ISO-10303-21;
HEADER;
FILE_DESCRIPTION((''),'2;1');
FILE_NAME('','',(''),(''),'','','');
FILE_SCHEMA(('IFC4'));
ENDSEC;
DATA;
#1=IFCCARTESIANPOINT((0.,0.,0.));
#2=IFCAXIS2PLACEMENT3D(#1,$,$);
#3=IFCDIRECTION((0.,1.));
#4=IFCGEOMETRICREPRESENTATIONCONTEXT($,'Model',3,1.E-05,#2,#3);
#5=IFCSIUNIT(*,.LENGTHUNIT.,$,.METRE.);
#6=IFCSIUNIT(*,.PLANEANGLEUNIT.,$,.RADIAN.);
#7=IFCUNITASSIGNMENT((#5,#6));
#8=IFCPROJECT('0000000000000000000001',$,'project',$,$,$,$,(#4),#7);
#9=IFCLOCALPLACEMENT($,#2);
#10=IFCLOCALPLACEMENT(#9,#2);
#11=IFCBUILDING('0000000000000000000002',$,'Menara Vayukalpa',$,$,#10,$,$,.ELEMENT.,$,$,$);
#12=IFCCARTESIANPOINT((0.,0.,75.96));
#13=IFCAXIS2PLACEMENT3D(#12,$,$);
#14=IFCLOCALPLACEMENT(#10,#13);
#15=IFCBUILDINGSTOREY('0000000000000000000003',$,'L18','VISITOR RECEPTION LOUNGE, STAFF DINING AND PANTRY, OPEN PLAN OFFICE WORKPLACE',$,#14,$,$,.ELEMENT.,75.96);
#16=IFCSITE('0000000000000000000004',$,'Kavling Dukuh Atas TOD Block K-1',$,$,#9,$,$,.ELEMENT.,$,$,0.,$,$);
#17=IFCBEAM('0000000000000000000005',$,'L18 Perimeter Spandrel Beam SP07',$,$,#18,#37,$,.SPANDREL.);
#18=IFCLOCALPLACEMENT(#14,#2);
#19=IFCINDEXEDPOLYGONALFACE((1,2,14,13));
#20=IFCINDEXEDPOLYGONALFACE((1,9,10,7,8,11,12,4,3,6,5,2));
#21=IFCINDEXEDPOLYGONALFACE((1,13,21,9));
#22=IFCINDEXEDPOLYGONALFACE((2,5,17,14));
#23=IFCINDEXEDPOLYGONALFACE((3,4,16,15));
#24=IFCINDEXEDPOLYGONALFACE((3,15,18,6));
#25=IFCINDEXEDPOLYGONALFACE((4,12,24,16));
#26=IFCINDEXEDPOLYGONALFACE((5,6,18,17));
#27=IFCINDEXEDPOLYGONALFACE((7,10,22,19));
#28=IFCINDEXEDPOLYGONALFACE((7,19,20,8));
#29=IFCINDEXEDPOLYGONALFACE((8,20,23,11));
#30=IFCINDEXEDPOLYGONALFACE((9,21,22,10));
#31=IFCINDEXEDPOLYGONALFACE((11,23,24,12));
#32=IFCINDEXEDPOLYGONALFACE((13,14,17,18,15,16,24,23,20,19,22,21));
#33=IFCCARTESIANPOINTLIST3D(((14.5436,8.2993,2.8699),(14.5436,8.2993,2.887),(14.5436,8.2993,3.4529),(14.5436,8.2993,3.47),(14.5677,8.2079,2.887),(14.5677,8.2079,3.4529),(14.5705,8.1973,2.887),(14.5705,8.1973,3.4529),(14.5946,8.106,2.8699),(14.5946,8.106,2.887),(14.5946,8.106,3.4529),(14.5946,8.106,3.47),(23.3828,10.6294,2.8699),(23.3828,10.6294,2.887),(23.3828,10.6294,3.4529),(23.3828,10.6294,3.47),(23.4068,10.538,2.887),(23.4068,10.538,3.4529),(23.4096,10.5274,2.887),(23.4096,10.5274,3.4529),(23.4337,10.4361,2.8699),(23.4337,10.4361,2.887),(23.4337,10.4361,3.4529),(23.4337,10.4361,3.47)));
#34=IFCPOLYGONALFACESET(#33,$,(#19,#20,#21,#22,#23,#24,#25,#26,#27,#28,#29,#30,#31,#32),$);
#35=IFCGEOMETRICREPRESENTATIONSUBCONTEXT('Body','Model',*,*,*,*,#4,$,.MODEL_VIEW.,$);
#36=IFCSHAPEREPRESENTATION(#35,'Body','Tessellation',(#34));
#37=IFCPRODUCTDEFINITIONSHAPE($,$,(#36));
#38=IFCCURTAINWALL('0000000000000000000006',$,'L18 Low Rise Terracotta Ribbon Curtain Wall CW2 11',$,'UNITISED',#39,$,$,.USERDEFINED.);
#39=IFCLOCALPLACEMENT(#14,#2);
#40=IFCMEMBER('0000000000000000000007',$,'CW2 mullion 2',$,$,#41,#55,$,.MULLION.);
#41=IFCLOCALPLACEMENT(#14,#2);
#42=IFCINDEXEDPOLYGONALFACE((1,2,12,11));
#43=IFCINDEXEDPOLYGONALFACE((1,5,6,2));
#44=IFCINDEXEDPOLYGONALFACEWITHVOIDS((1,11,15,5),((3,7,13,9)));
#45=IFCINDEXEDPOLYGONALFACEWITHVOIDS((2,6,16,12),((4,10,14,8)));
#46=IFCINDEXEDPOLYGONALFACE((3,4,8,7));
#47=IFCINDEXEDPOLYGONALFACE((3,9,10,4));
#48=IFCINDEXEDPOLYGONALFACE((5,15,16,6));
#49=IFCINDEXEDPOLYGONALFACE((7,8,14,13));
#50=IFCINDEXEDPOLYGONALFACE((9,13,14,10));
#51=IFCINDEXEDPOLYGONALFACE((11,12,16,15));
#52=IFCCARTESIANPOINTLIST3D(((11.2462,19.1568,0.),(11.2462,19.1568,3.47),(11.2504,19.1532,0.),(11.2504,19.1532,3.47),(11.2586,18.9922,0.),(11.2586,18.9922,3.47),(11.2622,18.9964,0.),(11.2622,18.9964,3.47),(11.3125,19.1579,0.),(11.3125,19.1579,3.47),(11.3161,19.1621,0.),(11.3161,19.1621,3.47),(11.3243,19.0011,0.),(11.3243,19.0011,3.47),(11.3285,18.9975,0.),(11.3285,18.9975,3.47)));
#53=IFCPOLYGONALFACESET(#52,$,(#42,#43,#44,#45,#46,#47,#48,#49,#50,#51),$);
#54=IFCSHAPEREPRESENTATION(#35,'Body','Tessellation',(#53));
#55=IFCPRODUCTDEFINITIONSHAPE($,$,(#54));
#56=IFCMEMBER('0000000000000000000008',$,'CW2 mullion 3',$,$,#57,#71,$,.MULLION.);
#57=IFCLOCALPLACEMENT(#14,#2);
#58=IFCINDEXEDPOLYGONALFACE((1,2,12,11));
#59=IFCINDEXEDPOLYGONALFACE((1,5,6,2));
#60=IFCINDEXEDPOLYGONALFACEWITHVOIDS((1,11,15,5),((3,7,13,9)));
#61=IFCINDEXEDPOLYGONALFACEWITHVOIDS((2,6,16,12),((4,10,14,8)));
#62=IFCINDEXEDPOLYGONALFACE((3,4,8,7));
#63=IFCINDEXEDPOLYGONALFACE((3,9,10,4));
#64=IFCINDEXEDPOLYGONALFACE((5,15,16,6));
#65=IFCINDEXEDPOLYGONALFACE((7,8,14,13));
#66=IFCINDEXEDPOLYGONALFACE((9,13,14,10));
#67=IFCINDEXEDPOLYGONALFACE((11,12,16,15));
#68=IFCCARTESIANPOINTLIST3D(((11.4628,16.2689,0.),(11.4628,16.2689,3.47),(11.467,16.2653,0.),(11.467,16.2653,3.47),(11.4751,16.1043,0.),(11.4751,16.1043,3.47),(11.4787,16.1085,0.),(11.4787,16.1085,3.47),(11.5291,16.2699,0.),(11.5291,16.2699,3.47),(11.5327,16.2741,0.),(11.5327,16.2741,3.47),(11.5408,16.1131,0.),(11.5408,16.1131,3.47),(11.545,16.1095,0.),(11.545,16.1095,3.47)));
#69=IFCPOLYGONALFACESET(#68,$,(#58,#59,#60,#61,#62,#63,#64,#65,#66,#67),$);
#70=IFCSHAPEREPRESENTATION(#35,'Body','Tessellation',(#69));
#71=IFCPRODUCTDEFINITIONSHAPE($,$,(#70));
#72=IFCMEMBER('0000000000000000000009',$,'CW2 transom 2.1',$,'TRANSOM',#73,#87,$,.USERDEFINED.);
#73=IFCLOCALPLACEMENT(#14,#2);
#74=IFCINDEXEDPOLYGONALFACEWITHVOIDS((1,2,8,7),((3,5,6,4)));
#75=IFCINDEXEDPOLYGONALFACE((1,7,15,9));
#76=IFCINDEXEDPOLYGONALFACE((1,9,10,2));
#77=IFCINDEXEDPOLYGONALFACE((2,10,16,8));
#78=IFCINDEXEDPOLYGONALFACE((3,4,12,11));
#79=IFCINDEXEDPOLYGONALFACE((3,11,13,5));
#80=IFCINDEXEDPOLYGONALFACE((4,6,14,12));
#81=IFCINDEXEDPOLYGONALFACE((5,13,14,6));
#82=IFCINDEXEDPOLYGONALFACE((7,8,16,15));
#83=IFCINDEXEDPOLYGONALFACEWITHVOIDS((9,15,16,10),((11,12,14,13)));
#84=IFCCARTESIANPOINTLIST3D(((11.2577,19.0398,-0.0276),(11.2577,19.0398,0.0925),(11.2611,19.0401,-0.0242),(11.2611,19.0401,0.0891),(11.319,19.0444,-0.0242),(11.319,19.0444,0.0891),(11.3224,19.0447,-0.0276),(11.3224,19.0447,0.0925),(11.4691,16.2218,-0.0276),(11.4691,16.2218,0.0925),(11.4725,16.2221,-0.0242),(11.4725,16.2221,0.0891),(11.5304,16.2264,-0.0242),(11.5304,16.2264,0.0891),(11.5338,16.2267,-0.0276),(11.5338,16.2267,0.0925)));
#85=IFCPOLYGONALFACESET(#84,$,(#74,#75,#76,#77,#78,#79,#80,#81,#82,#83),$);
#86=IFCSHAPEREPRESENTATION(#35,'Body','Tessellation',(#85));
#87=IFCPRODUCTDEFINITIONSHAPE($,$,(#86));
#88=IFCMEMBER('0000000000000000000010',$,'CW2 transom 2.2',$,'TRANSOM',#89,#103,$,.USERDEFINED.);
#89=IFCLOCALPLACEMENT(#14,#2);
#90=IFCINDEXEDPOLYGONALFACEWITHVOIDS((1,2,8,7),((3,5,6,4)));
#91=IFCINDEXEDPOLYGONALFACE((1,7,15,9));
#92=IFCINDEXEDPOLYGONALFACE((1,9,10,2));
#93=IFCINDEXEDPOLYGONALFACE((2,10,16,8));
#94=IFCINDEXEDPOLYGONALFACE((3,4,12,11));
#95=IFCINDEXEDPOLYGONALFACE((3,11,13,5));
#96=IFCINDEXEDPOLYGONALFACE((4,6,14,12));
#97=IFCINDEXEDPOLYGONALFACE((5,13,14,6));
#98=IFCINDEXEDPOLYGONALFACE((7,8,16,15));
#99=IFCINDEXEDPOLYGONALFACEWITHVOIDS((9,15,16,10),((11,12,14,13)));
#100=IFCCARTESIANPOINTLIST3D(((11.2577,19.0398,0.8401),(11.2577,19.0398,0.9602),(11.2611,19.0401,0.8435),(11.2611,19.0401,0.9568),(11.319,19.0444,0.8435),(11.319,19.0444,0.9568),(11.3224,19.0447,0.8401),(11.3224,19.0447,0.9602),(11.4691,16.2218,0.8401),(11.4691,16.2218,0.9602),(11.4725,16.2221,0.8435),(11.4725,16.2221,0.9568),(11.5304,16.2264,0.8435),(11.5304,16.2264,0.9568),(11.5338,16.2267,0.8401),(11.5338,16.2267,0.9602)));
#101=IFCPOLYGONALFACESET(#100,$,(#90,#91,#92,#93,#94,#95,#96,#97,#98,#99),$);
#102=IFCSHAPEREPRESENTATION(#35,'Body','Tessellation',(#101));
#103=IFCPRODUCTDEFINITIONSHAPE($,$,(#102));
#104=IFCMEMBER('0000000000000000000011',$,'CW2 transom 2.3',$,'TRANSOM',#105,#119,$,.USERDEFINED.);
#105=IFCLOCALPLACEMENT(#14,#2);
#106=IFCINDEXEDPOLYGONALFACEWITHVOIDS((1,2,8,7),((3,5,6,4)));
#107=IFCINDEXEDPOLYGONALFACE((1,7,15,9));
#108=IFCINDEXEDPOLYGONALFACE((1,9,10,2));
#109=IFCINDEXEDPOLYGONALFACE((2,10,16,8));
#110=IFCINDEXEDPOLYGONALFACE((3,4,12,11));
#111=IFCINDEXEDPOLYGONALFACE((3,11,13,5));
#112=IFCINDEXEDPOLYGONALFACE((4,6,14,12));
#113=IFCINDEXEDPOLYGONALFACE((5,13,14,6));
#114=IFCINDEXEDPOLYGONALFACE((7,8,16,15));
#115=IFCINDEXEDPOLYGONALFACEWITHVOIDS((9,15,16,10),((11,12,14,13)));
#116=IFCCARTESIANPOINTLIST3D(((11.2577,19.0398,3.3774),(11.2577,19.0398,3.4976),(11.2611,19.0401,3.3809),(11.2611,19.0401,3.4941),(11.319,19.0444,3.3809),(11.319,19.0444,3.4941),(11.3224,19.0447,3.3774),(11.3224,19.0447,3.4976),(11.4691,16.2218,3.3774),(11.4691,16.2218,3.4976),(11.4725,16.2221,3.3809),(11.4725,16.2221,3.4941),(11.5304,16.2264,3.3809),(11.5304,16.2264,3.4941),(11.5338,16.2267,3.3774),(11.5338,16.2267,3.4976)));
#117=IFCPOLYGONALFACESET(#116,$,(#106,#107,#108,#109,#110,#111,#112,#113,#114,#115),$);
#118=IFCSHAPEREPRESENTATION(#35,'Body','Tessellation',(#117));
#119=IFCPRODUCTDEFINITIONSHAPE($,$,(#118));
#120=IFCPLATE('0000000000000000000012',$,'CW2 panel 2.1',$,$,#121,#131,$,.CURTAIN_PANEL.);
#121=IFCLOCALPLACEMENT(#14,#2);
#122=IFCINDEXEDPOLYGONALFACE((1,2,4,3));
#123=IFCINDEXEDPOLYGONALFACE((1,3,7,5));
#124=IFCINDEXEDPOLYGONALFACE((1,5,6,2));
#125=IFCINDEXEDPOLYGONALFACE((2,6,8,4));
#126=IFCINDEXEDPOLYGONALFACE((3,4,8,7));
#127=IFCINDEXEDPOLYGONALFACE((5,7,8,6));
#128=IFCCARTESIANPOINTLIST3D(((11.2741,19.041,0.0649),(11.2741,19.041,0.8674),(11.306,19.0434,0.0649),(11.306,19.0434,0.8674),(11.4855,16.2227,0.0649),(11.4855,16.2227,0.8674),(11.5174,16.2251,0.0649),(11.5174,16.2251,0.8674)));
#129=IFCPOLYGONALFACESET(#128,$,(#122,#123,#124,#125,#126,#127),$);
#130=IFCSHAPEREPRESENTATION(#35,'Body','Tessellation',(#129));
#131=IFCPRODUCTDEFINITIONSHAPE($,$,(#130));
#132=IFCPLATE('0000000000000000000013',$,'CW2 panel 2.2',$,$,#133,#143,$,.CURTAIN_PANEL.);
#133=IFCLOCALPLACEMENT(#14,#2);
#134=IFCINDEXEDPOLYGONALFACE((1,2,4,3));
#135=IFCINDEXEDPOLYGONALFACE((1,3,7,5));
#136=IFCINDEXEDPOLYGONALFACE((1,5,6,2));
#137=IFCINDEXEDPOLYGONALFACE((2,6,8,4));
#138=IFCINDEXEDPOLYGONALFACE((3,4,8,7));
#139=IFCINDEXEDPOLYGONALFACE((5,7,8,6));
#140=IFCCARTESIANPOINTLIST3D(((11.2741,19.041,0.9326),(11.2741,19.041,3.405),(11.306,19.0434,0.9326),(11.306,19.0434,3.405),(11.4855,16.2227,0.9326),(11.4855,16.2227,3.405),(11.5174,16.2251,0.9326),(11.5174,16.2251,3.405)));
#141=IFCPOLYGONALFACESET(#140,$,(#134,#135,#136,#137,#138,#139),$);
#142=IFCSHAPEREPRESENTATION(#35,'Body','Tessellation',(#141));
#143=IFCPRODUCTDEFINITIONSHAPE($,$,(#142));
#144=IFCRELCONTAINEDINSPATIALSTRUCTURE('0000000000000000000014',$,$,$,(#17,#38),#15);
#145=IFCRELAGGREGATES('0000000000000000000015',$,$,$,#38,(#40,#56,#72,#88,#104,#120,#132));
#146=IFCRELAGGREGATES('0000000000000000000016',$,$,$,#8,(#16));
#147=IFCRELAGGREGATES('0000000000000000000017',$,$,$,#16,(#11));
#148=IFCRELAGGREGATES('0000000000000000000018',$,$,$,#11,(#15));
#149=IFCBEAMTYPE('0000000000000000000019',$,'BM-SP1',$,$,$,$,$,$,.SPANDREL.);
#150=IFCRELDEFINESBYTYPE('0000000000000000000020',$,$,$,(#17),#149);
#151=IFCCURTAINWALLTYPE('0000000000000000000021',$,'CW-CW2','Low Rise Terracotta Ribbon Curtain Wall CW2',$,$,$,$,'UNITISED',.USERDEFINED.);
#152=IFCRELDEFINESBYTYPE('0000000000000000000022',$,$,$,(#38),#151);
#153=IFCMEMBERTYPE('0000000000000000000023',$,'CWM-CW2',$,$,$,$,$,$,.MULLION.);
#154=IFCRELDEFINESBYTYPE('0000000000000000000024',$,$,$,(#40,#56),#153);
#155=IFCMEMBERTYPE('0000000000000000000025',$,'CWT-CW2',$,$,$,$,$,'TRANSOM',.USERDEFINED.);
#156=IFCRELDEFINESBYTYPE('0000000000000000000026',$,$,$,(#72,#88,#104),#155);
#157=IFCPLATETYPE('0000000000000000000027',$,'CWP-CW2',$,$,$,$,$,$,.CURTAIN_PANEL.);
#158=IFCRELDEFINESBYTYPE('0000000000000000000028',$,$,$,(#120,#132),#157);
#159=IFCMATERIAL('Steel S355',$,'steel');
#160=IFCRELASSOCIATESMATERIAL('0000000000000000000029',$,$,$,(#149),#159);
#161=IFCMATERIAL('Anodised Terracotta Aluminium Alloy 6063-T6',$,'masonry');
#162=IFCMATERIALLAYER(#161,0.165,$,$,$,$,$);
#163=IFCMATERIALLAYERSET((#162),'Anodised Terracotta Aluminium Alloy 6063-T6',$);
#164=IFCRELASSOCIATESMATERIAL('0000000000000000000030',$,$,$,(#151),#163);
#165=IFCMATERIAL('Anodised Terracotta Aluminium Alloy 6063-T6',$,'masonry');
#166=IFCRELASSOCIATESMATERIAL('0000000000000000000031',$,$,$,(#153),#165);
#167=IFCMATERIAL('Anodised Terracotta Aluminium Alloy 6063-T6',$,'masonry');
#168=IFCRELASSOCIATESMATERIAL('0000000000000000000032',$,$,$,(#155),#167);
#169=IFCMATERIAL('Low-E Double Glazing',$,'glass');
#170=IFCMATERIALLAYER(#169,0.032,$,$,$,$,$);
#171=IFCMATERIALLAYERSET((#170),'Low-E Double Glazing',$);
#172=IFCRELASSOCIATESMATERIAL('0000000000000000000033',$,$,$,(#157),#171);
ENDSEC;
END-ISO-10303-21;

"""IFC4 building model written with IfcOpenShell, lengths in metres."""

from ifc_helpers import new_model, si_unit, direction, frame, origin, origin_2d, place, context, subcontext, project, spatial, rectangle, hollow_rectangle, i_section, extrude, material, layer, layer_set, material_profile, profile_set, type_object, element, aggregate, save


model = new_model("IFC4")

# Units and contexts
model_context = context("Model", 3, precision=1e-05, world=origin(), true_north=direction((0.0, 1.0)))
body_context = subcontext(model_context, "Body", "Model", "MODEL_VIEW")
ifc_project = project(units=[si_unit("LENGTHUNIT", "METRE"), si_unit("PLANEANGLEUNIT", "RADIAN")], contexts=[model_context])

# Site, building, storey
site_placement = place(None, origin())
site = spatial("IfcSite", under=ifc_project, at=site_placement, Name="Kavling Dukuh Atas TOD Block K-1", CompositionType="ELEMENT", RefElevation=0.0)
building_placement = place(site_placement, origin())
building = spatial("IfcBuilding", under=site, at=building_placement, Name="Menara Vayukalpa", CompositionType="ELEMENT")
storey_placement = place(building_placement, frame((0.0, 0.0, 75.96)))
storey = spatial("IfcBuildingStorey", under=building, at=storey_placement, Name="L18", Description="VISITOR RECEPTION LOUNGE, STAFF DINING AND PANTRY, OPEN PLAN OFFICE WORKPLACE", CompositionType="ELEMENT", Elevation=75.96)

# Beam
ifc_material_1 = material(Name="Steel S355", Category="steel")
ifc_material_profile_1 = material_profile(ifc_material_1, i_section(OverallWidth=0.2, OverallDepth=0.6001, WebThickness=0.011, FlangeThickness=0.0171, at=origin_2d()), Name="WF 600x200x11x17")
ifc_profile_set_1 = profile_set([ifc_material_profile_1], Name="Steel S355")
beam_type_1 = type_object("IfcBeamType", Name="BM-SP1", PredefinedType="SPANDREL", material=ifc_profile_set_1)
beam_1_placement = place(storey_placement, frame((14.5691, 8.2026, 3.1699), z_axis=(0.966967, 0.254902, 0.0), x_axis=(-0.254902, 0.966967, 0.0)))
element("IfcBeam", 1, at=beam_1_placement, inside=storey, type_object=beam_type_1, Name="L18 Perimeter Spandrel Beam SP07", PredefinedType="SPANDREL", context=body_context, shape_type="SweptSolid", body=[
    extrude(i_section(OverallWidth=0.2, OverallDepth=0.6001, WebThickness=0.011, FlangeThickness=0.0171, at=origin_2d()), origin(), (0.0, 0.0, 1.0), 9.1411),
])

# Curtain wall, members, plates
ifc_material_2 = material(Name="Anodised Terracotta Aluminium Alloy 6063-T6", Category="masonry")
ifc_layer_1 = layer(ifc_material_2, 0.165)
ifc_layer_set_1 = layer_set([ifc_layer_1], Name="Anodised Terracotta Aluminium Alloy 6063-T6")
curtain_wall_type = type_object("IfcCurtainWallType", Name="CW-CW2", Description="Low Rise Terracotta Ribbon Curtain Wall CW2", ElementType="UNITISED", PredefinedType="USERDEFINED", material=ifc_layer_set_1)
curtain_wall_placement = place(storey_placement, origin())
curtain_wall = element("IfcCurtainWall", 2, at=curtain_wall_placement, inside=storey, type_object=curtain_wall_type, Name="L18 Low Rise Terracotta Ribbon Curtain Wall CW2 11", ObjectType="UNITISED", PredefinedType="USERDEFINED")
ifc_material_3 = material(Name="Anodised Terracotta Aluminium Alloy 6063-T6", Category="masonry")
ifc_material_profile_2 = material_profile(ifc_material_3, hollow_rectangle(XDim=0.0701, YDim=0.165, WallThickness=0.0039, at=origin_2d()), Name="ALU 70x165x4")
ifc_profile_set_2 = profile_set([ifc_material_profile_2], Name="Anodised Terracotta Aluminium Alloy 6063-T6")
member_type_1 = type_object("IfcMemberType", Name="CWM-CW2", PredefinedType="MULLION", material=ifc_profile_set_2)
member_1_placement = place(storey_placement, frame((11.2874, 19.0771, 0.0), z_axis=(0.0, 0.0, 1.0), x_axis=(0.9972, 0.074785, 0.0)))
member_1 = element("IfcMember", 3, at=member_1_placement, type_object=member_type_1, Name="CW2 mullion 2", PredefinedType="MULLION", context=body_context, shape_type="SweptSolid", body=[
    extrude(hollow_rectangle(XDim=0.0701, YDim=0.165, WallThickness=0.0039, at=origin_2d()), origin(), (0.0, 0.0, 1.0), 3.47),
])
member_2_placement = place(storey_placement, frame((11.5039, 16.1892, 0.0), z_axis=(0.0, 0.0, 1.0), x_axis=(0.9972, 0.074785, 0.0)))
member_2 = element("IfcMember", 4, at=member_2_placement, type_object=member_type_1, Name="CW2 mullion 3", PredefinedType="MULLION", context=body_context, shape_type="SweptSolid", body=[
    extrude(hollow_rectangle(XDim=0.0701, YDim=0.165, WallThickness=0.0039, at=origin_2d()), origin(), (0.0, 0.0, 1.0), 3.47),
])
ifc_material_4 = material(Name="Anodised Terracotta Aluminium Alloy 6063-T6", Category="masonry")
ifc_material_profile_3 = material_profile(ifc_material_4, hollow_rectangle(XDim=0.0649, YDim=0.1201, WallThickness=0.0034, at=origin_2d()), Name="ALU 65x120x3.5")
ifc_profile_set_3 = profile_set([ifc_material_profile_3], Name="Anodised Terracotta Aluminium Alloy 6063-T6")
member_type_2 = type_object("IfcMemberType", Name="CWT-CW2", ElementType="TRANSOM", PredefinedType="USERDEFINED", material=ifc_profile_set_3)
member_3_placement = place(storey_placement, frame((11.29, 19.0422, 0.0325), z_axis=(0.074814, -0.997198, 0.0), x_axis=(0.997198, 0.074814, 0.0)))
member_3 = element("IfcMember", 5, at=member_3_placement, type_object=member_type_2, Name="CW2 transom 2.1", ObjectType="TRANSOM", PredefinedType="USERDEFINED", context=body_context, shape_type="SweptSolid", body=[
    extrude(hollow_rectangle(XDim=0.0649, YDim=0.1201, WallThickness=0.0034, at=origin_2d()), origin(), (0.0, 0.0, 1.0), 2.8259),
])
member_4_placement = place(storey_placement, frame((11.29, 19.0422, 0.9001), z_axis=(0.074814, -0.997198, 0.0), x_axis=(0.997198, 0.074814, 0.0)))
member_4 = element("IfcMember", 6, at=member_4_placement, type_object=member_type_2, Name="CW2 transom 2.2", ObjectType="TRANSOM", PredefinedType="USERDEFINED", context=body_context, shape_type="SweptSolid", body=[
    extrude(hollow_rectangle(XDim=0.0649, YDim=0.1201, WallThickness=0.0034, at=origin_2d()), origin(), (0.0, 0.0, 1.0), 2.8259),
])
member_5_placement = place(storey_placement, frame((11.29, 19.0422, 3.4375), z_axis=(0.074814, -0.997198, 0.0), x_axis=(0.997198, 0.074814, 0.0)))
member_5 = element("IfcMember", 7, at=member_5_placement, type_object=member_type_2, Name="CW2 transom 2.3", ObjectType="TRANSOM", PredefinedType="USERDEFINED", context=body_context, shape_type="SweptSolid", body=[
    extrude(hollow_rectangle(XDim=0.0649, YDim=0.1201, WallThickness=0.0034, at=origin_2d()), origin(), (0.0, 0.0, 1.0), 2.8259),
])
ifc_material_5 = material(Name="Low-E Double Glazing", Category="glass")
ifc_layer_2 = layer(ifc_material_5, 0.032)
ifc_layer_set_2 = layer_set([ifc_layer_2], Name="Low-E Double Glazing")
plate_type = type_object("IfcPlateType", Name="CWP-CW2", PredefinedType="CURTAIN_PANEL", material=ifc_layer_set_2)
plate_1_placement = place(storey_placement, frame((11.3958, 17.6331, 0.0649), z_axis=(0.0, 0.0, 1.0), x_axis=(0.074785, -0.9972, 0.0)))
plate_1 = element("IfcPlate", 8, at=plate_1_placement, type_object=plate_type, Name="CW2 panel 2.1", PredefinedType="CURTAIN_PANEL", context=body_context, shape_type="SweptSolid", body=[
    extrude(rectangle(XDim=2.8262, YDim=0.032, at=origin_2d()), origin(), (0.0, 0.0, 1.0), 0.8025),
])
plate_2_placement = place(storey_placement, frame((11.3958, 17.6331, 0.9326), z_axis=(0.0, 0.0, 1.0), x_axis=(0.074785, -0.9972, 0.0)))
plate_2 = element("IfcPlate", 9, at=plate_2_placement, type_object=plate_type, Name="CW2 panel 2.2", PredefinedType="CURTAIN_PANEL", context=body_context, shape_type="SweptSolid", body=[
    extrude(rectangle(XDim=2.8262, YDim=0.032, at=origin_2d()), origin(), (0.0, 0.0, 1.0), 2.4724),
])
aggregate(curtain_wall, [member_1, member_2, member_3, member_4, member_5, plate_1, plate_2])

save(model, "model.ifc")
